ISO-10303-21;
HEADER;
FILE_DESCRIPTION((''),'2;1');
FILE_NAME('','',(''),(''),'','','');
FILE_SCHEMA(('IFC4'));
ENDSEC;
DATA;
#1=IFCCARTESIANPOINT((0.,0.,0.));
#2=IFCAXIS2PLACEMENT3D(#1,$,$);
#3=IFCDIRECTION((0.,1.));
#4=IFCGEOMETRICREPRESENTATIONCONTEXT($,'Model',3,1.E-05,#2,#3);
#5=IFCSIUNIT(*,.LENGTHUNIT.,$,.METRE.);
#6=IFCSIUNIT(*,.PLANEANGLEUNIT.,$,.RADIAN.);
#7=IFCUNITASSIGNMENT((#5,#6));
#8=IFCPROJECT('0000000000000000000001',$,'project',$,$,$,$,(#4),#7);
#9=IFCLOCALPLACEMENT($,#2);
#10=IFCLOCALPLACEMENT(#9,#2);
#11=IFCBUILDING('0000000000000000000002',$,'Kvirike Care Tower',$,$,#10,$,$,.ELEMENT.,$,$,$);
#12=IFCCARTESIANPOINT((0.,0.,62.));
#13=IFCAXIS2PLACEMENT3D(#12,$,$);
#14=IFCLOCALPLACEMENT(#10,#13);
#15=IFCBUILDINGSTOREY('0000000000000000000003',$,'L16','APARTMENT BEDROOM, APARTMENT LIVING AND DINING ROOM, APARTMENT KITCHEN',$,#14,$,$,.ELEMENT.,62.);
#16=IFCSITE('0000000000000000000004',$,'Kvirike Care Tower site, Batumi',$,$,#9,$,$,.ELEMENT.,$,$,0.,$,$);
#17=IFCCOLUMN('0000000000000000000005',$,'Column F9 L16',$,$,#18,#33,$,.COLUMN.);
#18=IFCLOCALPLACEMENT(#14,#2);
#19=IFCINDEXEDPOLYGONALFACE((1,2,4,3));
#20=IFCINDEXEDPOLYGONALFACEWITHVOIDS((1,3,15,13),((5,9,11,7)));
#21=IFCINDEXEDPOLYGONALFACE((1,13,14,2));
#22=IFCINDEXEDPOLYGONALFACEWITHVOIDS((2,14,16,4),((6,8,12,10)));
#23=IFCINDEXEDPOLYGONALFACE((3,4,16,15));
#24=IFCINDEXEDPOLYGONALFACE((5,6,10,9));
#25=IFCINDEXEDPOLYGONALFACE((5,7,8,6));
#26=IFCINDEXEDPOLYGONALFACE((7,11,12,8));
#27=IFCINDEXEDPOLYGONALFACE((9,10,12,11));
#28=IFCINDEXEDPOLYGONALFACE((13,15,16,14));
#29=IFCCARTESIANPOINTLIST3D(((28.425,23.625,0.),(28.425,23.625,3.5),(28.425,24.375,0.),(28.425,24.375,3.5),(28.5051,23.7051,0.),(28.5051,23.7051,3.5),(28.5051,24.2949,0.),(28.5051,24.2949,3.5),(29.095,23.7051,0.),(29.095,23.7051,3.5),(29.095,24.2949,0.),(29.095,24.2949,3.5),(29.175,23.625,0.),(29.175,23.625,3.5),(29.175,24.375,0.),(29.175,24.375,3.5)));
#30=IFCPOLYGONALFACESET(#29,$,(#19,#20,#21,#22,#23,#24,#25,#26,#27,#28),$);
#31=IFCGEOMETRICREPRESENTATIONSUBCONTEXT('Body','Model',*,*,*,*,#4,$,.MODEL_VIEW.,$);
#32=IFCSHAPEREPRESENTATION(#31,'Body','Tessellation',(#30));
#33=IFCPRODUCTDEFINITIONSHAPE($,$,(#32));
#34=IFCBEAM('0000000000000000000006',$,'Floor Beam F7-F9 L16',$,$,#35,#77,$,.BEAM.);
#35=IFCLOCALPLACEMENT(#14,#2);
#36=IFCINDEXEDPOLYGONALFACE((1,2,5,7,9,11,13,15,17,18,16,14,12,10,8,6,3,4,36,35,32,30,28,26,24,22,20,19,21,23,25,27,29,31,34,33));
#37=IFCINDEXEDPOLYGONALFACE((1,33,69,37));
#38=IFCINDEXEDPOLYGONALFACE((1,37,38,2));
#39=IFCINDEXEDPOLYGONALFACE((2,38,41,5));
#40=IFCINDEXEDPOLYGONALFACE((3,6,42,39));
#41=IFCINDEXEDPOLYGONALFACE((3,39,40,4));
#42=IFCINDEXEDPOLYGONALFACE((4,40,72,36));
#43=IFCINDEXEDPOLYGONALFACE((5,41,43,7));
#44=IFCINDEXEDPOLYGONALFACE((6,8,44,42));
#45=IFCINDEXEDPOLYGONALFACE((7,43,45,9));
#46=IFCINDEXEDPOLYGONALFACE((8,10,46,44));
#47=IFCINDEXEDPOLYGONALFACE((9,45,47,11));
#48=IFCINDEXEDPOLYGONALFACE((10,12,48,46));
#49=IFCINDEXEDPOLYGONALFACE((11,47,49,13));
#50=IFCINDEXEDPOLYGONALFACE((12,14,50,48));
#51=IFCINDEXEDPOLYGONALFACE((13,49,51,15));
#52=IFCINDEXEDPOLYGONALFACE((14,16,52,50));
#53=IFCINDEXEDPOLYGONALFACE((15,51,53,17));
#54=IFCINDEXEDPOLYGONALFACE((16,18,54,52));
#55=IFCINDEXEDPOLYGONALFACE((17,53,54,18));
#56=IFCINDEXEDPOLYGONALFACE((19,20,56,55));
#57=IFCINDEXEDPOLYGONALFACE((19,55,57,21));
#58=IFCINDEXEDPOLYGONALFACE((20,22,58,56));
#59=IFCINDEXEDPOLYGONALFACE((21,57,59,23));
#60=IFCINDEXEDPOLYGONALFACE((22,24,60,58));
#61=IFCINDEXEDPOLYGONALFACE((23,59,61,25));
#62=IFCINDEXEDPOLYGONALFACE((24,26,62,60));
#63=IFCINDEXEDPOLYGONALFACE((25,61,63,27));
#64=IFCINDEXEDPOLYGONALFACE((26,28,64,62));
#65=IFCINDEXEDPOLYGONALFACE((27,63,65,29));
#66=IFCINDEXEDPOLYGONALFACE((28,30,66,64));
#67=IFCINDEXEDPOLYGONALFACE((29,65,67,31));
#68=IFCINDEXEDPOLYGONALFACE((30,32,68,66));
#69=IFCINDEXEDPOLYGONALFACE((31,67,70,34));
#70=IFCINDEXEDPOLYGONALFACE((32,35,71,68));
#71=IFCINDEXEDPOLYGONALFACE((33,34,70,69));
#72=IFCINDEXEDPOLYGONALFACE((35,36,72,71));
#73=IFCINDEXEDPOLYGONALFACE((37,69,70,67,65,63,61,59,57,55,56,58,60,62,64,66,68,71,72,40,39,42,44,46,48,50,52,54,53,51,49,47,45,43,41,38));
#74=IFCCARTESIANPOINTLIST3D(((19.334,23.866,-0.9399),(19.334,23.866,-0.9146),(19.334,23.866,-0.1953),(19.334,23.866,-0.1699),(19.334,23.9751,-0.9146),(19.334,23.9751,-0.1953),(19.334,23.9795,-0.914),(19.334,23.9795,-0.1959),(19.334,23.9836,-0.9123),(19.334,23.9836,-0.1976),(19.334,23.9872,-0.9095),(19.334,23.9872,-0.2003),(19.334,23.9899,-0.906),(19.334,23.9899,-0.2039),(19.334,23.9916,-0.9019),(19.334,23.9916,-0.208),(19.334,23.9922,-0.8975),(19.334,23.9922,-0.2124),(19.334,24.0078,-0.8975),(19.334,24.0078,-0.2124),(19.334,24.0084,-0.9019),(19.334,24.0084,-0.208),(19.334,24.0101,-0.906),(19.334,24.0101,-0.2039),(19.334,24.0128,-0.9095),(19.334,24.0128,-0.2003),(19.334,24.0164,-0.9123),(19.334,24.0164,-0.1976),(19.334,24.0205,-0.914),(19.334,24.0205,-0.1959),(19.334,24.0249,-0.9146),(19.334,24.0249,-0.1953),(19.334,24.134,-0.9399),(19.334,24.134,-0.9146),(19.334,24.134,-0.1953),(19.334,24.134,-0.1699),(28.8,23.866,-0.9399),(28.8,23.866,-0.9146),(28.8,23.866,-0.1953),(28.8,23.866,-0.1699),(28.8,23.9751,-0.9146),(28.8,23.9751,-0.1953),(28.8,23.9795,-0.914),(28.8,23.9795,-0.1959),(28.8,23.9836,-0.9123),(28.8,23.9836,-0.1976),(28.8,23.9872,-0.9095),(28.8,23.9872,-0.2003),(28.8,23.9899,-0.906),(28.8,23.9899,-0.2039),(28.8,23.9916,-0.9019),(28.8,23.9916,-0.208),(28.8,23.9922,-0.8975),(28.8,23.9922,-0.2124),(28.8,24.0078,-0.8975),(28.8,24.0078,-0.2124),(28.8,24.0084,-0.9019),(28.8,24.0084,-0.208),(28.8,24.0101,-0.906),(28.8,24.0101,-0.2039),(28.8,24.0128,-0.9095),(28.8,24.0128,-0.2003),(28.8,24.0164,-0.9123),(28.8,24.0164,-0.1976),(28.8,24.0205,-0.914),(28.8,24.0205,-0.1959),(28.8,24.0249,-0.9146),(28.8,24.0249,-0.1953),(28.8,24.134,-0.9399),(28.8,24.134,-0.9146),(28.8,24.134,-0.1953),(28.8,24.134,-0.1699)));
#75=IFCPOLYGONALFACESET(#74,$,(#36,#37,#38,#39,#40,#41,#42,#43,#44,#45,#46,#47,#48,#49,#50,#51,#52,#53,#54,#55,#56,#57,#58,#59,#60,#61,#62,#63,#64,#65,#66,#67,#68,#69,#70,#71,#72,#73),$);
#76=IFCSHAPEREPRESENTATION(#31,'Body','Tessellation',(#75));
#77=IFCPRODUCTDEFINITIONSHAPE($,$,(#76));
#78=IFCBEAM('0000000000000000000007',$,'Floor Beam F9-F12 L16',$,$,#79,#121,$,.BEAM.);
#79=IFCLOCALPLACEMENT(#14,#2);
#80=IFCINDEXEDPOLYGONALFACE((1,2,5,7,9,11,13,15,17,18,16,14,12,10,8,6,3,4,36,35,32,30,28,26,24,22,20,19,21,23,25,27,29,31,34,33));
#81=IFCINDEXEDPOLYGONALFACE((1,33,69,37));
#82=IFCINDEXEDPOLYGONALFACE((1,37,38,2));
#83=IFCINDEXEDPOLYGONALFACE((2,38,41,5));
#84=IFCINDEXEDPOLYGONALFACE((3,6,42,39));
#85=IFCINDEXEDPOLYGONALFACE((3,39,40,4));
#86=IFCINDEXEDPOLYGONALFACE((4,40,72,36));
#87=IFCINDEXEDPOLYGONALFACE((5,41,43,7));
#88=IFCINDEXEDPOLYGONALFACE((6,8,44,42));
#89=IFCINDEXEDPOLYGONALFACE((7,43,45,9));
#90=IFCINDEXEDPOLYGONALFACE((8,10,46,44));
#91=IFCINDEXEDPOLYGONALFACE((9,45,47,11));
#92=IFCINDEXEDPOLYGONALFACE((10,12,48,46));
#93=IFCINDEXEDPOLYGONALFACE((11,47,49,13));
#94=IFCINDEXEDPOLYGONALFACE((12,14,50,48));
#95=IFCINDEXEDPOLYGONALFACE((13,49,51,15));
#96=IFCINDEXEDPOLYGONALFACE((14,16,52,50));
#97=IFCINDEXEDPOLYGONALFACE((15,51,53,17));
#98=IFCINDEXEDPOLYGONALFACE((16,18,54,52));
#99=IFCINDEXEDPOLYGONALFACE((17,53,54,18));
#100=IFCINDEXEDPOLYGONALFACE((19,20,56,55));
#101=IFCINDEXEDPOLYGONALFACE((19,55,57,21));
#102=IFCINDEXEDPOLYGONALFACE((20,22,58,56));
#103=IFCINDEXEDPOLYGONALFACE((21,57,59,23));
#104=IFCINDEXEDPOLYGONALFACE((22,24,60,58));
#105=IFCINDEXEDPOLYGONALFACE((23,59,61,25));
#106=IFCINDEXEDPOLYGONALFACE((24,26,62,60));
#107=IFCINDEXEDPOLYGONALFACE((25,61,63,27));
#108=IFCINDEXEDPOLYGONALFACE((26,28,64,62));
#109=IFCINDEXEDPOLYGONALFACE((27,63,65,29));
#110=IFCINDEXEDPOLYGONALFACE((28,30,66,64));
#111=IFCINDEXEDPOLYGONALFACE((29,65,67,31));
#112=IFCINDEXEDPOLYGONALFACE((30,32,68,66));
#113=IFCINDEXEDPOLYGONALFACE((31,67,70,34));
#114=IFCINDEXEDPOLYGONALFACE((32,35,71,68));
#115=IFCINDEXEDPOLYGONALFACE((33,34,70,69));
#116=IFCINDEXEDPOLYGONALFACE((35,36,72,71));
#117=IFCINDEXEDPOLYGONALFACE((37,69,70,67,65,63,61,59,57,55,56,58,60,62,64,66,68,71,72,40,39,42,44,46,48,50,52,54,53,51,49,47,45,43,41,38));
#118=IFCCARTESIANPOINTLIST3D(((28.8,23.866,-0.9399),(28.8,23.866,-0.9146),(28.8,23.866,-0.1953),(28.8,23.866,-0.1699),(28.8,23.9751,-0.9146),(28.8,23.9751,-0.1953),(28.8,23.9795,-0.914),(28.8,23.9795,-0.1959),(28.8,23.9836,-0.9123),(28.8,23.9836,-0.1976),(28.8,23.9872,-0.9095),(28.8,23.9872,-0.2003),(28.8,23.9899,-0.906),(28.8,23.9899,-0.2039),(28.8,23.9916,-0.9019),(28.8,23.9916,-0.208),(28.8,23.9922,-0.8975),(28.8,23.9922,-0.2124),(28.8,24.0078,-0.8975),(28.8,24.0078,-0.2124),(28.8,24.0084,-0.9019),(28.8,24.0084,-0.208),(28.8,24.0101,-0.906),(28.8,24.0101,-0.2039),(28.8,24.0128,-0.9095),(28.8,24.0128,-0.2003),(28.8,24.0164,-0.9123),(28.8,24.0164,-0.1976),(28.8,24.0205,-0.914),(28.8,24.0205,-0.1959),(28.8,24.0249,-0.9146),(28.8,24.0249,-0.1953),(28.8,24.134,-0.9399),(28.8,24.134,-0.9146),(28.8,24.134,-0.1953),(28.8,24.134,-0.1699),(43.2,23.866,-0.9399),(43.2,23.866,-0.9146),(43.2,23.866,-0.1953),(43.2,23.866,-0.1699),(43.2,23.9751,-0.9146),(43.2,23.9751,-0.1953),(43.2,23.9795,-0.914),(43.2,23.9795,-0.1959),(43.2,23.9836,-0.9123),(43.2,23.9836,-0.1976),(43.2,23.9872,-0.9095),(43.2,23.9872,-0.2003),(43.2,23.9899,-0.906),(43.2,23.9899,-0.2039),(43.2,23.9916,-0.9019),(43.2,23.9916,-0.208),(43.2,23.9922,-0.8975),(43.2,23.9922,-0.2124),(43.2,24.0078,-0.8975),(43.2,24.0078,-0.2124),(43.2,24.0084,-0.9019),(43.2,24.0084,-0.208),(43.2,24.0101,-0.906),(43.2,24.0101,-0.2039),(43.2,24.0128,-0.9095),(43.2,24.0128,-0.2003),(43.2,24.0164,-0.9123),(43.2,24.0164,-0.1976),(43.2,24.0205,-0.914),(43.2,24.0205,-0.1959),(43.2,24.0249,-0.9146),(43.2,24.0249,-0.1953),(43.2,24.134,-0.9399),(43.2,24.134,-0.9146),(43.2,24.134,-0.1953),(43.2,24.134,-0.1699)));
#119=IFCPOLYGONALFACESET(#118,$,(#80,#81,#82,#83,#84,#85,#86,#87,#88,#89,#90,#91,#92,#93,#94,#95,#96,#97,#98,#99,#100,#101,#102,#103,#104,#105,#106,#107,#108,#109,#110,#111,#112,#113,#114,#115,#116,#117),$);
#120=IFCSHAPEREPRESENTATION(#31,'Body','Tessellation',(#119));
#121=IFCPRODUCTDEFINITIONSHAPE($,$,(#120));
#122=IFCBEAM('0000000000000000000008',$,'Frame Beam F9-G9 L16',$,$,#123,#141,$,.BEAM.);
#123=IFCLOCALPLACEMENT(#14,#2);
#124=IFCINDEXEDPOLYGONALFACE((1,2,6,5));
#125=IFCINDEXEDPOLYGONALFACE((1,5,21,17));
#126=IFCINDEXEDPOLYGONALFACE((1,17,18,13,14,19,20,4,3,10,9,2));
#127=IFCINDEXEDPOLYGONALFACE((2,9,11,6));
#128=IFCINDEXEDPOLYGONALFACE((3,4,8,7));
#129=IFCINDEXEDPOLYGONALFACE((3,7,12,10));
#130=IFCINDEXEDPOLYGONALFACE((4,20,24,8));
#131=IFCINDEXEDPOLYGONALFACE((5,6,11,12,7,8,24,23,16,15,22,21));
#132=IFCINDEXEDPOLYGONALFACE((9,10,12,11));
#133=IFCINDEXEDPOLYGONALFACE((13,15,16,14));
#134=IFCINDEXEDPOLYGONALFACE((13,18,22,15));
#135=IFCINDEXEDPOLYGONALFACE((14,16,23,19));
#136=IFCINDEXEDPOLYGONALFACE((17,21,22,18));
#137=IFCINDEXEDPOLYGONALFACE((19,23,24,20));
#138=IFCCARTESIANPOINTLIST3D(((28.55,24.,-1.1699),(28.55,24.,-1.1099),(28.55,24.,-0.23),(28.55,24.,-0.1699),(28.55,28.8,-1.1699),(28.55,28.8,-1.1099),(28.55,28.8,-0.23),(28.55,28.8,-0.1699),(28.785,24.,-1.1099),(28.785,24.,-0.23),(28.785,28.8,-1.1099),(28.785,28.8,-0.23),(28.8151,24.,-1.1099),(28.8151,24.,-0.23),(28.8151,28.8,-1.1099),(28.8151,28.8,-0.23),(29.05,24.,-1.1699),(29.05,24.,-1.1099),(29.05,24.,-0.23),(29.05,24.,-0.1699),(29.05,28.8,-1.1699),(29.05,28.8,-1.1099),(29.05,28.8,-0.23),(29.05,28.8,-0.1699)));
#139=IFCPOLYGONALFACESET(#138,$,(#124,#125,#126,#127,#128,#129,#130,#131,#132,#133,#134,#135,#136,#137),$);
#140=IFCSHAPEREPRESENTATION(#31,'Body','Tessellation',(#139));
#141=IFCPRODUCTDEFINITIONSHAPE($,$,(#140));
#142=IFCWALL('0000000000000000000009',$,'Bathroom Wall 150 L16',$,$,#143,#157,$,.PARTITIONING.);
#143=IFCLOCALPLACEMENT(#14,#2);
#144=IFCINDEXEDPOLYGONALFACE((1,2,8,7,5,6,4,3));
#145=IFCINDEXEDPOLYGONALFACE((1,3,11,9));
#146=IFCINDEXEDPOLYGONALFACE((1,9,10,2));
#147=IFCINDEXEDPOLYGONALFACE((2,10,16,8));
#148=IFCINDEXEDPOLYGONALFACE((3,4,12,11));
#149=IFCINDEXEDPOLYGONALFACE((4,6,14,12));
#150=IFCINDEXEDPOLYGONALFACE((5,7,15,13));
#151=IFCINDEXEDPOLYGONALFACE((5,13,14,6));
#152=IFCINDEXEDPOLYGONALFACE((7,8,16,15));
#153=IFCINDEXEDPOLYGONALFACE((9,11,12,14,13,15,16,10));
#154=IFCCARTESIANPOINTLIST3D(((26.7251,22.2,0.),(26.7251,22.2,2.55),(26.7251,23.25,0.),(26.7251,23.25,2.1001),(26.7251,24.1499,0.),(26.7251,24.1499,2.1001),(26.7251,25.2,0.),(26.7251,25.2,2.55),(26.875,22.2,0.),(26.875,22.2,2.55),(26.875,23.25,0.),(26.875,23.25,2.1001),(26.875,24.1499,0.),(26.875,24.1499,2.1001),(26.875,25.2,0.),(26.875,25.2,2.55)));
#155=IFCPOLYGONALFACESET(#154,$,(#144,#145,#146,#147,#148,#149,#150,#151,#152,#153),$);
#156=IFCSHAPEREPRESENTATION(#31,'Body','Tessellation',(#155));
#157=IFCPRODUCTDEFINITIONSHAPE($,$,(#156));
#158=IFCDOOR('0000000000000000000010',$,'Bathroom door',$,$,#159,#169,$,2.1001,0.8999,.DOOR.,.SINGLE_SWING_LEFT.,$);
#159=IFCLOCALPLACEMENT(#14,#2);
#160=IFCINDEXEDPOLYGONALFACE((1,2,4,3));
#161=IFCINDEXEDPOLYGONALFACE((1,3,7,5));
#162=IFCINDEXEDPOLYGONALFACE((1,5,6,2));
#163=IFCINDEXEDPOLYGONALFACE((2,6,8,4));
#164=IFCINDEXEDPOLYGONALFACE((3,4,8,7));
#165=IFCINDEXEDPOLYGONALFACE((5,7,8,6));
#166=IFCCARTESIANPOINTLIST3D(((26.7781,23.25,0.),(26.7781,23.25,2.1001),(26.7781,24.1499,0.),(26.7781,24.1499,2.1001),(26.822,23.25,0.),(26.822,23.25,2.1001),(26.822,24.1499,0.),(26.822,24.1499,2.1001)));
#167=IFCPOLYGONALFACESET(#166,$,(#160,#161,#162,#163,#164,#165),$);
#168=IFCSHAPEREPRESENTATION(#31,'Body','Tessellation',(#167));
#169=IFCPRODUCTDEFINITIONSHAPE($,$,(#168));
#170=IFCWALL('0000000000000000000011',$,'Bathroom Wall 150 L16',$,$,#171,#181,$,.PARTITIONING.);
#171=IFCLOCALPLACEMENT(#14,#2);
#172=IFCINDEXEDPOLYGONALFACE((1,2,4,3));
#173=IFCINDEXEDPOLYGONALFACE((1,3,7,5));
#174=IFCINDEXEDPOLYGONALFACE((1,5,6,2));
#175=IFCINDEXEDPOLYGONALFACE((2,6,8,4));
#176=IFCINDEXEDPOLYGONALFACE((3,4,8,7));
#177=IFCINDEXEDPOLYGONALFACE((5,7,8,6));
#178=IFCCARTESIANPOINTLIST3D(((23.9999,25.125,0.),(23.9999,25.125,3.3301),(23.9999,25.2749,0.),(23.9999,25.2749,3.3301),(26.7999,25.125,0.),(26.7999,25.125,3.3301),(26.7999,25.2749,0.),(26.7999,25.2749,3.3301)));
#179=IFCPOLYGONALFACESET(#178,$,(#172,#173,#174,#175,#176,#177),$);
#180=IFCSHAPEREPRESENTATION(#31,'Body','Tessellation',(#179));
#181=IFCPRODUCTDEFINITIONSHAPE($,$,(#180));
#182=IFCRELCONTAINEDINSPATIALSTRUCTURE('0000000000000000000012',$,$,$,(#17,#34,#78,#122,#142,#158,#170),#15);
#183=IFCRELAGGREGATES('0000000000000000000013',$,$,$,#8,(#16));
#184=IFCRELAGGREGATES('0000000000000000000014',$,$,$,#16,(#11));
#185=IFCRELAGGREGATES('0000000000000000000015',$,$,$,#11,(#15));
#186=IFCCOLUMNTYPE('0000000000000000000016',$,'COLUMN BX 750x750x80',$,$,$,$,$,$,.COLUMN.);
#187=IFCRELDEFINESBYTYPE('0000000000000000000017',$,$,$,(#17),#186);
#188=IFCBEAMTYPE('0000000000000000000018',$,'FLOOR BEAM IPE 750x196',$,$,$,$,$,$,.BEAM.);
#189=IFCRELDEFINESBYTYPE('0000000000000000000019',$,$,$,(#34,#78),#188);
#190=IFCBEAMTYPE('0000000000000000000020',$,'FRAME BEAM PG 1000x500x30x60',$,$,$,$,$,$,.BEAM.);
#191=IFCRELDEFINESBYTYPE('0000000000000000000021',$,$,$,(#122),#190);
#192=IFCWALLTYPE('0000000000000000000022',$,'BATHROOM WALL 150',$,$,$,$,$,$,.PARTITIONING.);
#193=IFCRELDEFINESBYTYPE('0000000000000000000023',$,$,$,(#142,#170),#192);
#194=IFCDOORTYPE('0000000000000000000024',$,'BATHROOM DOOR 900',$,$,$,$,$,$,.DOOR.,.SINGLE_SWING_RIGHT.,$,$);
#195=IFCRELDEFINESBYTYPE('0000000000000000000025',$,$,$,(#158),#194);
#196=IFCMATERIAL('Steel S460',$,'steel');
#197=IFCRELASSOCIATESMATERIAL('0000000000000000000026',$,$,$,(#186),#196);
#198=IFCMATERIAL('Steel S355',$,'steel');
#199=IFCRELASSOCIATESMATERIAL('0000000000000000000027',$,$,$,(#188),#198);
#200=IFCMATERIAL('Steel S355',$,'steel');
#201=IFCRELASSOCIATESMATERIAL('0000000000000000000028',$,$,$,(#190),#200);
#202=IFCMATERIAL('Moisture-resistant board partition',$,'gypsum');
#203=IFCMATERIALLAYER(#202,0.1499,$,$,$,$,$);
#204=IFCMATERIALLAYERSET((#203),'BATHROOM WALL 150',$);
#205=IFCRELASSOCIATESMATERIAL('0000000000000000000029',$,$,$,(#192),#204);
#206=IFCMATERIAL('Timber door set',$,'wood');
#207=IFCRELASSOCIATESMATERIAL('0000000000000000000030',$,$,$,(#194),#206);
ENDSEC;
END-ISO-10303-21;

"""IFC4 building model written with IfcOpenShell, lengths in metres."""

from ifc_helpers import new_model, si_unit, direction, frame, frame_2d, origin, origin_2d, place, context, subcontext, project, spatial, rectangle, hollow_rectangle, i_section, extrude, material, layer, layer_set, material_profile, profile_set, type_object, element, fill, save


model = new_model("IFC4")

# Units and contexts
model_context = context("Model", 3, precision=1e-05, world=origin(), true_north=direction((0.0, 1.0)))
body_context = subcontext(model_context, "Body", "Model", "MODEL_VIEW")
ifc_project = project(units=[si_unit("LENGTHUNIT", "METRE"), si_unit("PLANEANGLEUNIT", "RADIAN")], contexts=[model_context])

# Site, building, storey
site_placement = place(None, origin())
site = spatial("IfcSite", under=ifc_project, at=site_placement, Name="Kvirike Care Tower site, Batumi", CompositionType="ELEMENT", RefElevation=0.0)
building_placement = place(site_placement, origin())
building = spatial("IfcBuilding", under=site, at=building_placement, Name="Kvirike Care Tower", CompositionType="ELEMENT")
storey_placement = place(building_placement, frame((0.0, 0.0, 62.0)))
storey = spatial("IfcBuildingStorey", under=building, at=storey_placement, Name="L16", Description="APARTMENT BEDROOM, APARTMENT LIVING AND DINING ROOM, APARTMENT KITCHEN", CompositionType="ELEMENT", Elevation=62.0)

# Column
ifc_material_1 = material(Name="Steel S460", Category="steel")
ifc_material_profile_1 = material_profile(ifc_material_1, hollow_rectangle(XDim=0.75, YDim=0.75, WallThickness=0.0801, at=origin_2d()), Name="BX 750x750x80")
ifc_profile_set_1 = profile_set([ifc_material_profile_1], Name="Steel S460")
column_type = type_object("IfcColumnType", Name="COLUMN BX 750x750x80", PredefinedType="COLUMN", material=ifc_profile_set_1)
column_placement = place(storey_placement, frame((28.8, 24.0, 0.0), z_axis=(0.0, 0.0, 1.0), x_axis=(1.0, 0.0, 0.0)))
element("IfcColumn", 1, at=column_placement, inside=storey, type_object=column_type, Name="Column F9 L16", PredefinedType="COLUMN", context=body_context, shape_type="SweptSolid", body=[
    extrude(hollow_rectangle(XDim=0.75, YDim=0.75, WallThickness=0.0801, at=origin_2d()), origin(), (0.0, 0.0, 1.0), 3.5),
])

# Beams
ifc_material_2 = material(Name="Steel S355", Category="steel")
ifc_material_profile_2 = material_profile(ifc_material_2, i_section(OverallWidth=0.2681, OverallDepth=0.77, WebThickness=0.0156, FlangeThickness=0.0254, FilletRadius=0.0171, at=origin_2d()), Name="IPE 750x196")
ifc_profile_set_2 = profile_set([ifc_material_profile_2], Name="Steel S355")
beam_type_1 = type_object("IfcBeamType", Name="FLOOR BEAM IPE 750x196", PredefinedType="BEAM", material=ifc_profile_set_2)
beam_1_placement = place(storey_placement, frame((19.334, 24.0, -0.5549), z_axis=(1.0, 0.0, 0.0), x_axis=(0.0, 1.0, 0.0)))
element("IfcBeam", 2, at=beam_1_placement, inside=storey, type_object=beam_type_1, Name="Floor Beam F7-F9 L16", PredefinedType="BEAM", context=body_context, shape_type="SweptSolid", body=[
    extrude(i_section(OverallWidth=0.2681, OverallDepth=0.77, WebThickness=0.0156, FlangeThickness=0.0254, FilletRadius=0.0171, at=origin_2d()), origin(), (0.0, 0.0, 1.0), 9.4661),
])
beam_2_placement = place(storey_placement, frame((28.8, 24.0, -0.5549), z_axis=(1.0, 0.0, 0.0), x_axis=(0.0, 1.0, 0.0)))
element("IfcBeam", 3, at=beam_2_placement, inside=storey, type_object=beam_type_1, Name="Floor Beam F9-F12 L16", PredefinedType="BEAM", context=body_context, shape_type="SweptSolid", body=[
    extrude(i_section(OverallWidth=0.2681, OverallDepth=0.77, WebThickness=0.0156, FlangeThickness=0.0254, FilletRadius=0.0171, at=origin_2d()), origin(), (0.0, 0.0, 1.0), 14.3999),
])
ifc_material_3 = material(Name="Steel S355", Category="steel")
ifc_material_profile_3 = material_profile(ifc_material_3, i_section(OverallWidth=0.5, OverallDepth=1.0, WebThickness=0.03, FlangeThickness=0.0601, at=origin_2d()), Name="PG 1000x500x30x60")
ifc_profile_set_3 = profile_set([ifc_material_profile_3], Name="Steel S355")
beam_type_2 = type_object("IfcBeamType", Name="FRAME BEAM PG 1000x500x30x60", PredefinedType="BEAM", material=ifc_profile_set_3)
beam_3_placement = place(storey_placement, frame((28.8, 24.0, -0.6699), z_axis=(0.0, 1.0, 0.0), x_axis=(-1.0, 0.0, 0.0)))
element("IfcBeam", 4, at=beam_3_placement, inside=storey, type_object=beam_type_2, Name="Frame Beam F9-G9 L16", PredefinedType="BEAM", context=body_context, shape_type="SweptSolid", body=[
    extrude(i_section(OverallWidth=0.5, OverallDepth=1.0, WebThickness=0.03, FlangeThickness=0.0601, at=origin_2d()), origin(), (0.0, 0.0, 1.0), 4.8),
])

# Wall, opening, door
ifc_material_4 = material(Name="Moisture-resistant board partition", Category="gypsum")
ifc_layer_1 = layer(ifc_material_4, 0.1499)
ifc_layer_set_1 = layer_set([ifc_layer_1], Name="BATHROOM WALL 150")
wall_type_1 = type_object("IfcWallType", Name="BATHROOM WALL 150", PredefinedType="PARTITIONING", material=ifc_layer_set_1)
wall_1_placement = place(storey_placement, frame((26.8, 22.2, 0.0), z_axis=(0.0, 0.0, 1.0), x_axis=(0.0, 1.0, 0.0)))
wall_1 = element("IfcWall", 5, at=wall_1_placement, inside=storey, type_object=wall_type_1, Name="Bathroom Wall 150 L16", PredefinedType="PARTITIONING", context=body_context, shape_type="SweptSolid", body=[
    extrude(rectangle(XDim=3.0, YDim=0.1499, at=frame_2d((1.5, 0.0))), origin(), (0.0, 0.0, 1.0), 2.55),
])
opening_1_placement = place(wall_1_placement, frame((1.05, 0.0, 0.0)))
opening_1 = element("IfcOpeningElement", 6, at=opening_1_placement, cuts=wall_1, PredefinedType="OPENING", context=body_context, shape_type="SweptSolid", body=[
    extrude(rectangle(XDim=0.8999, YDim=2.1001, at=frame_2d((0.45, 1.05))), frame((0.0, 0.0854, 0.0), z_axis=(0.0, -1.0, 0.0), x_axis=(1.0, 0.0, 0.0)), (0.0, 0.0, 1.0), 0.1709),
])
ifc_material_5 = material(Name="Timber door set", Category="wood")
door_type_1 = type_object("IfcDoorType", Name="BATHROOM DOOR 900", OperationType="SINGLE_SWING_RIGHT", PredefinedType="DOOR", material=ifc_material_5)
door_1_placement = place(opening_1_placement, origin())
door_1 = element("IfcDoor", 7, at=door_1_placement, inside=storey, type_object=door_type_1, Name="Bathroom door", OperationType="SINGLE_SWING_LEFT", OverallHeight=2.1001, OverallWidth=0.8999, PredefinedType="DOOR", context=body_context, shape_type="SweptSolid", body=[
    extrude(rectangle(XDim=0.8999, YDim=2.1001, at=frame_2d((0.45, 1.05))), frame((0.0, 0.022, 0.0), z_axis=(0.0, -1.0, 0.0), x_axis=(1.0, 0.0, 0.0)), (0.0, 0.0, 1.0), 0.0439),
])
fill(opening_1, door_1)

# Wall
wall_2_placement = place(storey_placement, frame((24.0, 25.2, 0.0), z_axis=(0.0, 0.0, 1.0), x_axis=(1.0, 0.0, 0.0)))
element("IfcWall", 8, at=wall_2_placement, inside=storey, type_object=wall_type_1, Name="Bathroom Wall 150 L16", PredefinedType="PARTITIONING", context=body_context, shape_type="SweptSolid", body=[
    extrude(rectangle(XDim=2.8, YDim=0.1499, at=frame_2d((1.3999, 0.0))), origin(), (0.0, 0.0, 1.0), 3.3301),
])

save(model, "model.ifc")
